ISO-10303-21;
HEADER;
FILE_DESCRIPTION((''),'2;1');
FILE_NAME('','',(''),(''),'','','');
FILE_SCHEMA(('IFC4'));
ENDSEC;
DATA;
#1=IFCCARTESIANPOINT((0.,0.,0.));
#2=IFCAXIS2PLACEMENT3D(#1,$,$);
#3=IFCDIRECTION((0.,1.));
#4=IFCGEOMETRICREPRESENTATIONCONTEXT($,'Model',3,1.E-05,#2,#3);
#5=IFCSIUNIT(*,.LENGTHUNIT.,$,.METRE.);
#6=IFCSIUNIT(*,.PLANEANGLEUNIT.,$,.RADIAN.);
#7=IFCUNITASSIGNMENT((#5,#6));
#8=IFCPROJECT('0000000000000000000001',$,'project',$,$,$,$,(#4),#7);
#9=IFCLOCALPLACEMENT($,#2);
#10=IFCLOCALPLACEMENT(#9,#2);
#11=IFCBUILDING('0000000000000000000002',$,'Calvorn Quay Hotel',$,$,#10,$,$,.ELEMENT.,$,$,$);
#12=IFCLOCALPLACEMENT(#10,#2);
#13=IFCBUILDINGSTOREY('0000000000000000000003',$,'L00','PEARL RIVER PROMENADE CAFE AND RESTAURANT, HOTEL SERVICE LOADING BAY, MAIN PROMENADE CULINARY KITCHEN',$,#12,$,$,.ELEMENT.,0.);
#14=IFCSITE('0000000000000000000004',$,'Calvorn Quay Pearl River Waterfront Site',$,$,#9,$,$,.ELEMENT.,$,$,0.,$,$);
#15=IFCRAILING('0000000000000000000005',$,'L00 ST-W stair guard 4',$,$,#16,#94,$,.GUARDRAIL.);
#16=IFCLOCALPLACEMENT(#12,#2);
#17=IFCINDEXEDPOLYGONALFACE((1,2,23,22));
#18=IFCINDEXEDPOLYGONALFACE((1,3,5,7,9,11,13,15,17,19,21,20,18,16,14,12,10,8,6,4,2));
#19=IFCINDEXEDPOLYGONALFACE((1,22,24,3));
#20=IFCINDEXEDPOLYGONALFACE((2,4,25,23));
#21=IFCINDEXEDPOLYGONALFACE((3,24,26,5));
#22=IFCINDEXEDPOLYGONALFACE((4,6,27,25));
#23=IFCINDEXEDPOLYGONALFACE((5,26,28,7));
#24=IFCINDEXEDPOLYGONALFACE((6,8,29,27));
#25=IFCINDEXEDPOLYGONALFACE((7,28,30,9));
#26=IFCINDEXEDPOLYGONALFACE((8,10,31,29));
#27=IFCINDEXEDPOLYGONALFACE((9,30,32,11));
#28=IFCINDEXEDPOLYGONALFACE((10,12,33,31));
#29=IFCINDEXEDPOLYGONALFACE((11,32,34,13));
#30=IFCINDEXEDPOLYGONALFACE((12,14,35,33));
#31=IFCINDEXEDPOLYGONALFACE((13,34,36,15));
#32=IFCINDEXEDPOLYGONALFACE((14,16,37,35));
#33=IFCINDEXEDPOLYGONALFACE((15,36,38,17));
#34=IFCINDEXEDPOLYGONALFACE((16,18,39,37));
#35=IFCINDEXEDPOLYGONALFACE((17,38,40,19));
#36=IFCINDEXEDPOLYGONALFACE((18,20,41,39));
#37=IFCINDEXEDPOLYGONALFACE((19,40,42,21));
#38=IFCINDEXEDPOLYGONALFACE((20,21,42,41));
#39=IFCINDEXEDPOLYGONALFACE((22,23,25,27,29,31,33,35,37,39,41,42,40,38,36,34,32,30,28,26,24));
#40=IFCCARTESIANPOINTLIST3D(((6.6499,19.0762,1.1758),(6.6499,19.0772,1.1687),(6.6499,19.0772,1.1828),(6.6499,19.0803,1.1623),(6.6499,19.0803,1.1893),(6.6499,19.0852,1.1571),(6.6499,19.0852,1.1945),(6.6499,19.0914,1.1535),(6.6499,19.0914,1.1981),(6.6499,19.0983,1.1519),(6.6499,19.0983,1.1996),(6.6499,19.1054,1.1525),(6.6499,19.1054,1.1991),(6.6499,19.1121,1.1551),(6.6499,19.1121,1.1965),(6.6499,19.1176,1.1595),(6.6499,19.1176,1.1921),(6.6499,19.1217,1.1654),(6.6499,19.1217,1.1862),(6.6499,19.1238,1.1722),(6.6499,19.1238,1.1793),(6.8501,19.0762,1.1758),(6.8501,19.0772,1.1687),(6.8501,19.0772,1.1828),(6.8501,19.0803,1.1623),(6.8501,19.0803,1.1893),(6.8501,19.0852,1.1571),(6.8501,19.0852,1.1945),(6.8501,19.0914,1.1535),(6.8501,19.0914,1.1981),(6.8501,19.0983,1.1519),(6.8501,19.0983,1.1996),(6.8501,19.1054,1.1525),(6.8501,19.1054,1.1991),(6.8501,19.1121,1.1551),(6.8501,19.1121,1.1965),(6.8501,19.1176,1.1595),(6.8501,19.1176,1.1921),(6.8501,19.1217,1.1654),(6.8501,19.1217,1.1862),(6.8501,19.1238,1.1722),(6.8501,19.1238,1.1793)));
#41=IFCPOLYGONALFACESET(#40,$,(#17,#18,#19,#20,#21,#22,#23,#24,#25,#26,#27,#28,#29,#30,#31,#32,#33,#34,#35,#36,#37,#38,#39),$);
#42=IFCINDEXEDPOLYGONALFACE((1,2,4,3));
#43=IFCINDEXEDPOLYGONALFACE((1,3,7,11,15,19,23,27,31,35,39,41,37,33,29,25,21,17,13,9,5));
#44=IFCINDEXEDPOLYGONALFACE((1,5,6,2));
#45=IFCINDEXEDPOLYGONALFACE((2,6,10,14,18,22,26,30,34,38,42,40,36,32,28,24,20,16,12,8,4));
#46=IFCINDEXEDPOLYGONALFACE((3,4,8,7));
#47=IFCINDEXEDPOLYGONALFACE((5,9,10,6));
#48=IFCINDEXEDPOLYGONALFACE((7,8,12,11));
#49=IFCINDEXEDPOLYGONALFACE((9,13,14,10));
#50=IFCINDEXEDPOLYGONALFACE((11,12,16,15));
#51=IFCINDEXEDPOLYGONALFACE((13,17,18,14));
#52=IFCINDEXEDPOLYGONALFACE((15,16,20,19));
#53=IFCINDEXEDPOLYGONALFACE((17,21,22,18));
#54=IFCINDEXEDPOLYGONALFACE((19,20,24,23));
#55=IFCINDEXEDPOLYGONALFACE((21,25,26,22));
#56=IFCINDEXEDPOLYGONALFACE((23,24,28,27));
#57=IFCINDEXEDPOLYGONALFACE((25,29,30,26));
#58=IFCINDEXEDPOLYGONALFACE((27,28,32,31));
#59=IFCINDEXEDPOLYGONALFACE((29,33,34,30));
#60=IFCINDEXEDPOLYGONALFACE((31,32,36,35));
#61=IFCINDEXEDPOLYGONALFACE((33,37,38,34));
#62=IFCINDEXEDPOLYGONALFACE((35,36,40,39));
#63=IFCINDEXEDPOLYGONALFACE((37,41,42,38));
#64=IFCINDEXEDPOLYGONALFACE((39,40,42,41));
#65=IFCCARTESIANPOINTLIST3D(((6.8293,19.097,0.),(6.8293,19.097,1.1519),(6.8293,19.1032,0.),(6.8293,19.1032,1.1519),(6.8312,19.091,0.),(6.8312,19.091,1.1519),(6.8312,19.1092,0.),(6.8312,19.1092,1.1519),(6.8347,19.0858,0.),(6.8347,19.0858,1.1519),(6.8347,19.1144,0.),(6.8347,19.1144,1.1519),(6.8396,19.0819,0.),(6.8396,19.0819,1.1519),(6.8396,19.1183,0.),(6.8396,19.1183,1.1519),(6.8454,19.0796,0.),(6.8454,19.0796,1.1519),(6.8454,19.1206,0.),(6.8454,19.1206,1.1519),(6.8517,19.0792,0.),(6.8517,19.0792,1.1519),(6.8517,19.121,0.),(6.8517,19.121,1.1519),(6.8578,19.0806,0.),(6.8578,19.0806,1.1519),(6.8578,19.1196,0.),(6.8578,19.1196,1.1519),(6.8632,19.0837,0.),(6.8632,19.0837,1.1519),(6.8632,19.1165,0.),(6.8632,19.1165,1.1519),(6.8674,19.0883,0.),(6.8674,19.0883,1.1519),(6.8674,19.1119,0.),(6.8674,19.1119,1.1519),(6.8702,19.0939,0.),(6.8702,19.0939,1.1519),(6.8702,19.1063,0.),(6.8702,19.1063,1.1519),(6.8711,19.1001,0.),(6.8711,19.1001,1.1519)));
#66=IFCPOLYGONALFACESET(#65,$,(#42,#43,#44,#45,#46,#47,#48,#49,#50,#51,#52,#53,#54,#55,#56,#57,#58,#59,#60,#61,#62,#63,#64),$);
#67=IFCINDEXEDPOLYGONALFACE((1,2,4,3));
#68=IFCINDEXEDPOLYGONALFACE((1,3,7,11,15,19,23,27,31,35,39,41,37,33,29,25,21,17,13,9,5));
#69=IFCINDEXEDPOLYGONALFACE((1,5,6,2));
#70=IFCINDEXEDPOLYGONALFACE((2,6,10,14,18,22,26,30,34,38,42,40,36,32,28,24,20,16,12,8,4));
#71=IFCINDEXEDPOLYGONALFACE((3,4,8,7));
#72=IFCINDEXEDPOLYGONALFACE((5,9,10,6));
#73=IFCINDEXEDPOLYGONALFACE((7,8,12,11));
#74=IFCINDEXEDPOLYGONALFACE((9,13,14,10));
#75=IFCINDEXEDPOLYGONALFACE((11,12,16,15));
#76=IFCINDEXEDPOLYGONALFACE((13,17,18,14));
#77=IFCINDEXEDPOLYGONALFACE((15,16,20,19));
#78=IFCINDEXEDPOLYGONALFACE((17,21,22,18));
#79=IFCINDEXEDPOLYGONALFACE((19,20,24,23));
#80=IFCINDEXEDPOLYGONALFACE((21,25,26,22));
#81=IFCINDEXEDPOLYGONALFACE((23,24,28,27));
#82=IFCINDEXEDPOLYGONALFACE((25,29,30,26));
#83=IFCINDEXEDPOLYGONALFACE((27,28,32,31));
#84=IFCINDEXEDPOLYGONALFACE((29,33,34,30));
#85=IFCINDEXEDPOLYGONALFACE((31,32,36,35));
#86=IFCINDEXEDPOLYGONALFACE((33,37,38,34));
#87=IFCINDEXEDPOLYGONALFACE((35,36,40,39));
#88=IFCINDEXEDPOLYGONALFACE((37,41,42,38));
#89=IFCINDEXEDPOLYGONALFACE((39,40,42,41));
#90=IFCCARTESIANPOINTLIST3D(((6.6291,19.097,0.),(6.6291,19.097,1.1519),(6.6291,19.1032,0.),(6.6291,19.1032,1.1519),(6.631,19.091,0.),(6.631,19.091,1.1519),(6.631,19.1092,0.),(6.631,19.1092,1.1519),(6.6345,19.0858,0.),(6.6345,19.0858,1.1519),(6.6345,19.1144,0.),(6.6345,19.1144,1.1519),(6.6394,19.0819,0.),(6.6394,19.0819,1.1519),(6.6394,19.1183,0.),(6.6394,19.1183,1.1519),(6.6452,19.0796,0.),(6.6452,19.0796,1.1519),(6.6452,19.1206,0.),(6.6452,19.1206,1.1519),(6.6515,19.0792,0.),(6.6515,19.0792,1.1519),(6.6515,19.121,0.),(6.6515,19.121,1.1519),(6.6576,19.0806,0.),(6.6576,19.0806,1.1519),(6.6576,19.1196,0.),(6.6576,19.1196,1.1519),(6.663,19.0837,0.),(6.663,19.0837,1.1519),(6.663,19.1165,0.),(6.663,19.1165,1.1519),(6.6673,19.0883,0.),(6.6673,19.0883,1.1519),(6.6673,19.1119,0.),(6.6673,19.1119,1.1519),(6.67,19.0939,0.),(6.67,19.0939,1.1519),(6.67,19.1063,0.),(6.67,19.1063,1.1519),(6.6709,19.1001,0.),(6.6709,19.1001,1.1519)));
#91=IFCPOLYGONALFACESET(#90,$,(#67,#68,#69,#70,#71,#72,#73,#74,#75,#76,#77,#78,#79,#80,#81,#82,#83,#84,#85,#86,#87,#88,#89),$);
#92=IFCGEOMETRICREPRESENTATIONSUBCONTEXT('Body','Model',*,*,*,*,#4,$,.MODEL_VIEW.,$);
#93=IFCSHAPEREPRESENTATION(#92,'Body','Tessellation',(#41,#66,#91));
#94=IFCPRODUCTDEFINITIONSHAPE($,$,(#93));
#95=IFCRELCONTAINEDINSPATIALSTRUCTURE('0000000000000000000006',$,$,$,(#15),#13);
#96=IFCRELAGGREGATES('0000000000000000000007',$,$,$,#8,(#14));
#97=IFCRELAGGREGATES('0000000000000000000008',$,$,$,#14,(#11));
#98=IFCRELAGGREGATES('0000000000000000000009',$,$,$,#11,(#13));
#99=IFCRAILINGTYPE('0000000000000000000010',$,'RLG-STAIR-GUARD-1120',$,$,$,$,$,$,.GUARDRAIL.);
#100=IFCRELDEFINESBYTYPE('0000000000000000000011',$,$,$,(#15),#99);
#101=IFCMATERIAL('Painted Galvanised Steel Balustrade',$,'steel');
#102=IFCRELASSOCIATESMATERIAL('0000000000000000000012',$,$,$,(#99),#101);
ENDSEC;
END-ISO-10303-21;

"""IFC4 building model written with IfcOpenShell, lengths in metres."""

from ifc_helpers import new_model, si_unit, direction, frame, origin, origin_2d, place, context, subcontext, project, spatial, circle, extrude, material, type_object, element, save


model = new_model("IFC4")

# Units and contexts
model_context = context("Model", 3, precision=1e-05, world=origin(), true_north=direction((0.0, 1.0)))
body_context = subcontext(model_context, "Body", "Model", "MODEL_VIEW")
ifc_project = project(units=[si_unit("LENGTHUNIT", "METRE"), si_unit("PLANEANGLEUNIT", "RADIAN")], contexts=[model_context])

# Site, building, storey
site_placement = place(None, origin())
site = spatial("IfcSite", under=ifc_project, at=site_placement, Name="Calvorn Quay Pearl River Waterfront Site", CompositionType="ELEMENT", RefElevation=0.0)
building_placement = place(site_placement, origin())
building = spatial("IfcBuilding", under=site, at=building_placement, Name="Calvorn Quay Hotel", CompositionType="ELEMENT")
storey_placement = place(building_placement, origin())
storey = spatial("IfcBuildingStorey", under=building, at=storey_placement, Name="L00", Description="PEARL RIVER PROMENADE CAFE AND RESTAURANT, HOTEL SERVICE LOADING BAY, MAIN PROMENADE CULINARY KITCHEN", CompositionType="ELEMENT", Elevation=0.0)

# Railing
ifc_material_1 = material(Name="Painted Galvanised Steel Balustrade", Category="steel")
railing_type_1 = type_object("IfcRailingType", Name="RLG-STAIR-GUARD-1120", PredefinedType="GUARDRAIL", material=ifc_material_1)
railing_1_placement = place(storey_placement, frame((6.8501, 19.1001, 0.0)))
element("IfcRailing", 1, at=railing_1_placement, inside=storey, type_object=railing_type_1, Name="L00 ST-W stair guard 4", PredefinedType="GUARDRAIL", context=body_context, shape_type="SweptSolid", body=[
    extrude(circle(Radius=0.0239, at=origin_2d()), frame((0.0, 0.0, 1.1758), z_axis=(-1.0, 0.0, 0.0), x_axis=(0.0, -1.0, 0.0)), (0.0, 0.0, 1.0), 0.2002),
    extrude(circle(Radius=0.021, at=origin_2d()), origin(), (0.0, 0.0, 1.0), 1.1519),
    extrude(circle(Radius=0.021, at=origin_2d()), frame((-0.2002, 0.0, 0.0)), (0.0, 0.0, 1.0), 1.1519),
])

save(model, "model.ifc")
